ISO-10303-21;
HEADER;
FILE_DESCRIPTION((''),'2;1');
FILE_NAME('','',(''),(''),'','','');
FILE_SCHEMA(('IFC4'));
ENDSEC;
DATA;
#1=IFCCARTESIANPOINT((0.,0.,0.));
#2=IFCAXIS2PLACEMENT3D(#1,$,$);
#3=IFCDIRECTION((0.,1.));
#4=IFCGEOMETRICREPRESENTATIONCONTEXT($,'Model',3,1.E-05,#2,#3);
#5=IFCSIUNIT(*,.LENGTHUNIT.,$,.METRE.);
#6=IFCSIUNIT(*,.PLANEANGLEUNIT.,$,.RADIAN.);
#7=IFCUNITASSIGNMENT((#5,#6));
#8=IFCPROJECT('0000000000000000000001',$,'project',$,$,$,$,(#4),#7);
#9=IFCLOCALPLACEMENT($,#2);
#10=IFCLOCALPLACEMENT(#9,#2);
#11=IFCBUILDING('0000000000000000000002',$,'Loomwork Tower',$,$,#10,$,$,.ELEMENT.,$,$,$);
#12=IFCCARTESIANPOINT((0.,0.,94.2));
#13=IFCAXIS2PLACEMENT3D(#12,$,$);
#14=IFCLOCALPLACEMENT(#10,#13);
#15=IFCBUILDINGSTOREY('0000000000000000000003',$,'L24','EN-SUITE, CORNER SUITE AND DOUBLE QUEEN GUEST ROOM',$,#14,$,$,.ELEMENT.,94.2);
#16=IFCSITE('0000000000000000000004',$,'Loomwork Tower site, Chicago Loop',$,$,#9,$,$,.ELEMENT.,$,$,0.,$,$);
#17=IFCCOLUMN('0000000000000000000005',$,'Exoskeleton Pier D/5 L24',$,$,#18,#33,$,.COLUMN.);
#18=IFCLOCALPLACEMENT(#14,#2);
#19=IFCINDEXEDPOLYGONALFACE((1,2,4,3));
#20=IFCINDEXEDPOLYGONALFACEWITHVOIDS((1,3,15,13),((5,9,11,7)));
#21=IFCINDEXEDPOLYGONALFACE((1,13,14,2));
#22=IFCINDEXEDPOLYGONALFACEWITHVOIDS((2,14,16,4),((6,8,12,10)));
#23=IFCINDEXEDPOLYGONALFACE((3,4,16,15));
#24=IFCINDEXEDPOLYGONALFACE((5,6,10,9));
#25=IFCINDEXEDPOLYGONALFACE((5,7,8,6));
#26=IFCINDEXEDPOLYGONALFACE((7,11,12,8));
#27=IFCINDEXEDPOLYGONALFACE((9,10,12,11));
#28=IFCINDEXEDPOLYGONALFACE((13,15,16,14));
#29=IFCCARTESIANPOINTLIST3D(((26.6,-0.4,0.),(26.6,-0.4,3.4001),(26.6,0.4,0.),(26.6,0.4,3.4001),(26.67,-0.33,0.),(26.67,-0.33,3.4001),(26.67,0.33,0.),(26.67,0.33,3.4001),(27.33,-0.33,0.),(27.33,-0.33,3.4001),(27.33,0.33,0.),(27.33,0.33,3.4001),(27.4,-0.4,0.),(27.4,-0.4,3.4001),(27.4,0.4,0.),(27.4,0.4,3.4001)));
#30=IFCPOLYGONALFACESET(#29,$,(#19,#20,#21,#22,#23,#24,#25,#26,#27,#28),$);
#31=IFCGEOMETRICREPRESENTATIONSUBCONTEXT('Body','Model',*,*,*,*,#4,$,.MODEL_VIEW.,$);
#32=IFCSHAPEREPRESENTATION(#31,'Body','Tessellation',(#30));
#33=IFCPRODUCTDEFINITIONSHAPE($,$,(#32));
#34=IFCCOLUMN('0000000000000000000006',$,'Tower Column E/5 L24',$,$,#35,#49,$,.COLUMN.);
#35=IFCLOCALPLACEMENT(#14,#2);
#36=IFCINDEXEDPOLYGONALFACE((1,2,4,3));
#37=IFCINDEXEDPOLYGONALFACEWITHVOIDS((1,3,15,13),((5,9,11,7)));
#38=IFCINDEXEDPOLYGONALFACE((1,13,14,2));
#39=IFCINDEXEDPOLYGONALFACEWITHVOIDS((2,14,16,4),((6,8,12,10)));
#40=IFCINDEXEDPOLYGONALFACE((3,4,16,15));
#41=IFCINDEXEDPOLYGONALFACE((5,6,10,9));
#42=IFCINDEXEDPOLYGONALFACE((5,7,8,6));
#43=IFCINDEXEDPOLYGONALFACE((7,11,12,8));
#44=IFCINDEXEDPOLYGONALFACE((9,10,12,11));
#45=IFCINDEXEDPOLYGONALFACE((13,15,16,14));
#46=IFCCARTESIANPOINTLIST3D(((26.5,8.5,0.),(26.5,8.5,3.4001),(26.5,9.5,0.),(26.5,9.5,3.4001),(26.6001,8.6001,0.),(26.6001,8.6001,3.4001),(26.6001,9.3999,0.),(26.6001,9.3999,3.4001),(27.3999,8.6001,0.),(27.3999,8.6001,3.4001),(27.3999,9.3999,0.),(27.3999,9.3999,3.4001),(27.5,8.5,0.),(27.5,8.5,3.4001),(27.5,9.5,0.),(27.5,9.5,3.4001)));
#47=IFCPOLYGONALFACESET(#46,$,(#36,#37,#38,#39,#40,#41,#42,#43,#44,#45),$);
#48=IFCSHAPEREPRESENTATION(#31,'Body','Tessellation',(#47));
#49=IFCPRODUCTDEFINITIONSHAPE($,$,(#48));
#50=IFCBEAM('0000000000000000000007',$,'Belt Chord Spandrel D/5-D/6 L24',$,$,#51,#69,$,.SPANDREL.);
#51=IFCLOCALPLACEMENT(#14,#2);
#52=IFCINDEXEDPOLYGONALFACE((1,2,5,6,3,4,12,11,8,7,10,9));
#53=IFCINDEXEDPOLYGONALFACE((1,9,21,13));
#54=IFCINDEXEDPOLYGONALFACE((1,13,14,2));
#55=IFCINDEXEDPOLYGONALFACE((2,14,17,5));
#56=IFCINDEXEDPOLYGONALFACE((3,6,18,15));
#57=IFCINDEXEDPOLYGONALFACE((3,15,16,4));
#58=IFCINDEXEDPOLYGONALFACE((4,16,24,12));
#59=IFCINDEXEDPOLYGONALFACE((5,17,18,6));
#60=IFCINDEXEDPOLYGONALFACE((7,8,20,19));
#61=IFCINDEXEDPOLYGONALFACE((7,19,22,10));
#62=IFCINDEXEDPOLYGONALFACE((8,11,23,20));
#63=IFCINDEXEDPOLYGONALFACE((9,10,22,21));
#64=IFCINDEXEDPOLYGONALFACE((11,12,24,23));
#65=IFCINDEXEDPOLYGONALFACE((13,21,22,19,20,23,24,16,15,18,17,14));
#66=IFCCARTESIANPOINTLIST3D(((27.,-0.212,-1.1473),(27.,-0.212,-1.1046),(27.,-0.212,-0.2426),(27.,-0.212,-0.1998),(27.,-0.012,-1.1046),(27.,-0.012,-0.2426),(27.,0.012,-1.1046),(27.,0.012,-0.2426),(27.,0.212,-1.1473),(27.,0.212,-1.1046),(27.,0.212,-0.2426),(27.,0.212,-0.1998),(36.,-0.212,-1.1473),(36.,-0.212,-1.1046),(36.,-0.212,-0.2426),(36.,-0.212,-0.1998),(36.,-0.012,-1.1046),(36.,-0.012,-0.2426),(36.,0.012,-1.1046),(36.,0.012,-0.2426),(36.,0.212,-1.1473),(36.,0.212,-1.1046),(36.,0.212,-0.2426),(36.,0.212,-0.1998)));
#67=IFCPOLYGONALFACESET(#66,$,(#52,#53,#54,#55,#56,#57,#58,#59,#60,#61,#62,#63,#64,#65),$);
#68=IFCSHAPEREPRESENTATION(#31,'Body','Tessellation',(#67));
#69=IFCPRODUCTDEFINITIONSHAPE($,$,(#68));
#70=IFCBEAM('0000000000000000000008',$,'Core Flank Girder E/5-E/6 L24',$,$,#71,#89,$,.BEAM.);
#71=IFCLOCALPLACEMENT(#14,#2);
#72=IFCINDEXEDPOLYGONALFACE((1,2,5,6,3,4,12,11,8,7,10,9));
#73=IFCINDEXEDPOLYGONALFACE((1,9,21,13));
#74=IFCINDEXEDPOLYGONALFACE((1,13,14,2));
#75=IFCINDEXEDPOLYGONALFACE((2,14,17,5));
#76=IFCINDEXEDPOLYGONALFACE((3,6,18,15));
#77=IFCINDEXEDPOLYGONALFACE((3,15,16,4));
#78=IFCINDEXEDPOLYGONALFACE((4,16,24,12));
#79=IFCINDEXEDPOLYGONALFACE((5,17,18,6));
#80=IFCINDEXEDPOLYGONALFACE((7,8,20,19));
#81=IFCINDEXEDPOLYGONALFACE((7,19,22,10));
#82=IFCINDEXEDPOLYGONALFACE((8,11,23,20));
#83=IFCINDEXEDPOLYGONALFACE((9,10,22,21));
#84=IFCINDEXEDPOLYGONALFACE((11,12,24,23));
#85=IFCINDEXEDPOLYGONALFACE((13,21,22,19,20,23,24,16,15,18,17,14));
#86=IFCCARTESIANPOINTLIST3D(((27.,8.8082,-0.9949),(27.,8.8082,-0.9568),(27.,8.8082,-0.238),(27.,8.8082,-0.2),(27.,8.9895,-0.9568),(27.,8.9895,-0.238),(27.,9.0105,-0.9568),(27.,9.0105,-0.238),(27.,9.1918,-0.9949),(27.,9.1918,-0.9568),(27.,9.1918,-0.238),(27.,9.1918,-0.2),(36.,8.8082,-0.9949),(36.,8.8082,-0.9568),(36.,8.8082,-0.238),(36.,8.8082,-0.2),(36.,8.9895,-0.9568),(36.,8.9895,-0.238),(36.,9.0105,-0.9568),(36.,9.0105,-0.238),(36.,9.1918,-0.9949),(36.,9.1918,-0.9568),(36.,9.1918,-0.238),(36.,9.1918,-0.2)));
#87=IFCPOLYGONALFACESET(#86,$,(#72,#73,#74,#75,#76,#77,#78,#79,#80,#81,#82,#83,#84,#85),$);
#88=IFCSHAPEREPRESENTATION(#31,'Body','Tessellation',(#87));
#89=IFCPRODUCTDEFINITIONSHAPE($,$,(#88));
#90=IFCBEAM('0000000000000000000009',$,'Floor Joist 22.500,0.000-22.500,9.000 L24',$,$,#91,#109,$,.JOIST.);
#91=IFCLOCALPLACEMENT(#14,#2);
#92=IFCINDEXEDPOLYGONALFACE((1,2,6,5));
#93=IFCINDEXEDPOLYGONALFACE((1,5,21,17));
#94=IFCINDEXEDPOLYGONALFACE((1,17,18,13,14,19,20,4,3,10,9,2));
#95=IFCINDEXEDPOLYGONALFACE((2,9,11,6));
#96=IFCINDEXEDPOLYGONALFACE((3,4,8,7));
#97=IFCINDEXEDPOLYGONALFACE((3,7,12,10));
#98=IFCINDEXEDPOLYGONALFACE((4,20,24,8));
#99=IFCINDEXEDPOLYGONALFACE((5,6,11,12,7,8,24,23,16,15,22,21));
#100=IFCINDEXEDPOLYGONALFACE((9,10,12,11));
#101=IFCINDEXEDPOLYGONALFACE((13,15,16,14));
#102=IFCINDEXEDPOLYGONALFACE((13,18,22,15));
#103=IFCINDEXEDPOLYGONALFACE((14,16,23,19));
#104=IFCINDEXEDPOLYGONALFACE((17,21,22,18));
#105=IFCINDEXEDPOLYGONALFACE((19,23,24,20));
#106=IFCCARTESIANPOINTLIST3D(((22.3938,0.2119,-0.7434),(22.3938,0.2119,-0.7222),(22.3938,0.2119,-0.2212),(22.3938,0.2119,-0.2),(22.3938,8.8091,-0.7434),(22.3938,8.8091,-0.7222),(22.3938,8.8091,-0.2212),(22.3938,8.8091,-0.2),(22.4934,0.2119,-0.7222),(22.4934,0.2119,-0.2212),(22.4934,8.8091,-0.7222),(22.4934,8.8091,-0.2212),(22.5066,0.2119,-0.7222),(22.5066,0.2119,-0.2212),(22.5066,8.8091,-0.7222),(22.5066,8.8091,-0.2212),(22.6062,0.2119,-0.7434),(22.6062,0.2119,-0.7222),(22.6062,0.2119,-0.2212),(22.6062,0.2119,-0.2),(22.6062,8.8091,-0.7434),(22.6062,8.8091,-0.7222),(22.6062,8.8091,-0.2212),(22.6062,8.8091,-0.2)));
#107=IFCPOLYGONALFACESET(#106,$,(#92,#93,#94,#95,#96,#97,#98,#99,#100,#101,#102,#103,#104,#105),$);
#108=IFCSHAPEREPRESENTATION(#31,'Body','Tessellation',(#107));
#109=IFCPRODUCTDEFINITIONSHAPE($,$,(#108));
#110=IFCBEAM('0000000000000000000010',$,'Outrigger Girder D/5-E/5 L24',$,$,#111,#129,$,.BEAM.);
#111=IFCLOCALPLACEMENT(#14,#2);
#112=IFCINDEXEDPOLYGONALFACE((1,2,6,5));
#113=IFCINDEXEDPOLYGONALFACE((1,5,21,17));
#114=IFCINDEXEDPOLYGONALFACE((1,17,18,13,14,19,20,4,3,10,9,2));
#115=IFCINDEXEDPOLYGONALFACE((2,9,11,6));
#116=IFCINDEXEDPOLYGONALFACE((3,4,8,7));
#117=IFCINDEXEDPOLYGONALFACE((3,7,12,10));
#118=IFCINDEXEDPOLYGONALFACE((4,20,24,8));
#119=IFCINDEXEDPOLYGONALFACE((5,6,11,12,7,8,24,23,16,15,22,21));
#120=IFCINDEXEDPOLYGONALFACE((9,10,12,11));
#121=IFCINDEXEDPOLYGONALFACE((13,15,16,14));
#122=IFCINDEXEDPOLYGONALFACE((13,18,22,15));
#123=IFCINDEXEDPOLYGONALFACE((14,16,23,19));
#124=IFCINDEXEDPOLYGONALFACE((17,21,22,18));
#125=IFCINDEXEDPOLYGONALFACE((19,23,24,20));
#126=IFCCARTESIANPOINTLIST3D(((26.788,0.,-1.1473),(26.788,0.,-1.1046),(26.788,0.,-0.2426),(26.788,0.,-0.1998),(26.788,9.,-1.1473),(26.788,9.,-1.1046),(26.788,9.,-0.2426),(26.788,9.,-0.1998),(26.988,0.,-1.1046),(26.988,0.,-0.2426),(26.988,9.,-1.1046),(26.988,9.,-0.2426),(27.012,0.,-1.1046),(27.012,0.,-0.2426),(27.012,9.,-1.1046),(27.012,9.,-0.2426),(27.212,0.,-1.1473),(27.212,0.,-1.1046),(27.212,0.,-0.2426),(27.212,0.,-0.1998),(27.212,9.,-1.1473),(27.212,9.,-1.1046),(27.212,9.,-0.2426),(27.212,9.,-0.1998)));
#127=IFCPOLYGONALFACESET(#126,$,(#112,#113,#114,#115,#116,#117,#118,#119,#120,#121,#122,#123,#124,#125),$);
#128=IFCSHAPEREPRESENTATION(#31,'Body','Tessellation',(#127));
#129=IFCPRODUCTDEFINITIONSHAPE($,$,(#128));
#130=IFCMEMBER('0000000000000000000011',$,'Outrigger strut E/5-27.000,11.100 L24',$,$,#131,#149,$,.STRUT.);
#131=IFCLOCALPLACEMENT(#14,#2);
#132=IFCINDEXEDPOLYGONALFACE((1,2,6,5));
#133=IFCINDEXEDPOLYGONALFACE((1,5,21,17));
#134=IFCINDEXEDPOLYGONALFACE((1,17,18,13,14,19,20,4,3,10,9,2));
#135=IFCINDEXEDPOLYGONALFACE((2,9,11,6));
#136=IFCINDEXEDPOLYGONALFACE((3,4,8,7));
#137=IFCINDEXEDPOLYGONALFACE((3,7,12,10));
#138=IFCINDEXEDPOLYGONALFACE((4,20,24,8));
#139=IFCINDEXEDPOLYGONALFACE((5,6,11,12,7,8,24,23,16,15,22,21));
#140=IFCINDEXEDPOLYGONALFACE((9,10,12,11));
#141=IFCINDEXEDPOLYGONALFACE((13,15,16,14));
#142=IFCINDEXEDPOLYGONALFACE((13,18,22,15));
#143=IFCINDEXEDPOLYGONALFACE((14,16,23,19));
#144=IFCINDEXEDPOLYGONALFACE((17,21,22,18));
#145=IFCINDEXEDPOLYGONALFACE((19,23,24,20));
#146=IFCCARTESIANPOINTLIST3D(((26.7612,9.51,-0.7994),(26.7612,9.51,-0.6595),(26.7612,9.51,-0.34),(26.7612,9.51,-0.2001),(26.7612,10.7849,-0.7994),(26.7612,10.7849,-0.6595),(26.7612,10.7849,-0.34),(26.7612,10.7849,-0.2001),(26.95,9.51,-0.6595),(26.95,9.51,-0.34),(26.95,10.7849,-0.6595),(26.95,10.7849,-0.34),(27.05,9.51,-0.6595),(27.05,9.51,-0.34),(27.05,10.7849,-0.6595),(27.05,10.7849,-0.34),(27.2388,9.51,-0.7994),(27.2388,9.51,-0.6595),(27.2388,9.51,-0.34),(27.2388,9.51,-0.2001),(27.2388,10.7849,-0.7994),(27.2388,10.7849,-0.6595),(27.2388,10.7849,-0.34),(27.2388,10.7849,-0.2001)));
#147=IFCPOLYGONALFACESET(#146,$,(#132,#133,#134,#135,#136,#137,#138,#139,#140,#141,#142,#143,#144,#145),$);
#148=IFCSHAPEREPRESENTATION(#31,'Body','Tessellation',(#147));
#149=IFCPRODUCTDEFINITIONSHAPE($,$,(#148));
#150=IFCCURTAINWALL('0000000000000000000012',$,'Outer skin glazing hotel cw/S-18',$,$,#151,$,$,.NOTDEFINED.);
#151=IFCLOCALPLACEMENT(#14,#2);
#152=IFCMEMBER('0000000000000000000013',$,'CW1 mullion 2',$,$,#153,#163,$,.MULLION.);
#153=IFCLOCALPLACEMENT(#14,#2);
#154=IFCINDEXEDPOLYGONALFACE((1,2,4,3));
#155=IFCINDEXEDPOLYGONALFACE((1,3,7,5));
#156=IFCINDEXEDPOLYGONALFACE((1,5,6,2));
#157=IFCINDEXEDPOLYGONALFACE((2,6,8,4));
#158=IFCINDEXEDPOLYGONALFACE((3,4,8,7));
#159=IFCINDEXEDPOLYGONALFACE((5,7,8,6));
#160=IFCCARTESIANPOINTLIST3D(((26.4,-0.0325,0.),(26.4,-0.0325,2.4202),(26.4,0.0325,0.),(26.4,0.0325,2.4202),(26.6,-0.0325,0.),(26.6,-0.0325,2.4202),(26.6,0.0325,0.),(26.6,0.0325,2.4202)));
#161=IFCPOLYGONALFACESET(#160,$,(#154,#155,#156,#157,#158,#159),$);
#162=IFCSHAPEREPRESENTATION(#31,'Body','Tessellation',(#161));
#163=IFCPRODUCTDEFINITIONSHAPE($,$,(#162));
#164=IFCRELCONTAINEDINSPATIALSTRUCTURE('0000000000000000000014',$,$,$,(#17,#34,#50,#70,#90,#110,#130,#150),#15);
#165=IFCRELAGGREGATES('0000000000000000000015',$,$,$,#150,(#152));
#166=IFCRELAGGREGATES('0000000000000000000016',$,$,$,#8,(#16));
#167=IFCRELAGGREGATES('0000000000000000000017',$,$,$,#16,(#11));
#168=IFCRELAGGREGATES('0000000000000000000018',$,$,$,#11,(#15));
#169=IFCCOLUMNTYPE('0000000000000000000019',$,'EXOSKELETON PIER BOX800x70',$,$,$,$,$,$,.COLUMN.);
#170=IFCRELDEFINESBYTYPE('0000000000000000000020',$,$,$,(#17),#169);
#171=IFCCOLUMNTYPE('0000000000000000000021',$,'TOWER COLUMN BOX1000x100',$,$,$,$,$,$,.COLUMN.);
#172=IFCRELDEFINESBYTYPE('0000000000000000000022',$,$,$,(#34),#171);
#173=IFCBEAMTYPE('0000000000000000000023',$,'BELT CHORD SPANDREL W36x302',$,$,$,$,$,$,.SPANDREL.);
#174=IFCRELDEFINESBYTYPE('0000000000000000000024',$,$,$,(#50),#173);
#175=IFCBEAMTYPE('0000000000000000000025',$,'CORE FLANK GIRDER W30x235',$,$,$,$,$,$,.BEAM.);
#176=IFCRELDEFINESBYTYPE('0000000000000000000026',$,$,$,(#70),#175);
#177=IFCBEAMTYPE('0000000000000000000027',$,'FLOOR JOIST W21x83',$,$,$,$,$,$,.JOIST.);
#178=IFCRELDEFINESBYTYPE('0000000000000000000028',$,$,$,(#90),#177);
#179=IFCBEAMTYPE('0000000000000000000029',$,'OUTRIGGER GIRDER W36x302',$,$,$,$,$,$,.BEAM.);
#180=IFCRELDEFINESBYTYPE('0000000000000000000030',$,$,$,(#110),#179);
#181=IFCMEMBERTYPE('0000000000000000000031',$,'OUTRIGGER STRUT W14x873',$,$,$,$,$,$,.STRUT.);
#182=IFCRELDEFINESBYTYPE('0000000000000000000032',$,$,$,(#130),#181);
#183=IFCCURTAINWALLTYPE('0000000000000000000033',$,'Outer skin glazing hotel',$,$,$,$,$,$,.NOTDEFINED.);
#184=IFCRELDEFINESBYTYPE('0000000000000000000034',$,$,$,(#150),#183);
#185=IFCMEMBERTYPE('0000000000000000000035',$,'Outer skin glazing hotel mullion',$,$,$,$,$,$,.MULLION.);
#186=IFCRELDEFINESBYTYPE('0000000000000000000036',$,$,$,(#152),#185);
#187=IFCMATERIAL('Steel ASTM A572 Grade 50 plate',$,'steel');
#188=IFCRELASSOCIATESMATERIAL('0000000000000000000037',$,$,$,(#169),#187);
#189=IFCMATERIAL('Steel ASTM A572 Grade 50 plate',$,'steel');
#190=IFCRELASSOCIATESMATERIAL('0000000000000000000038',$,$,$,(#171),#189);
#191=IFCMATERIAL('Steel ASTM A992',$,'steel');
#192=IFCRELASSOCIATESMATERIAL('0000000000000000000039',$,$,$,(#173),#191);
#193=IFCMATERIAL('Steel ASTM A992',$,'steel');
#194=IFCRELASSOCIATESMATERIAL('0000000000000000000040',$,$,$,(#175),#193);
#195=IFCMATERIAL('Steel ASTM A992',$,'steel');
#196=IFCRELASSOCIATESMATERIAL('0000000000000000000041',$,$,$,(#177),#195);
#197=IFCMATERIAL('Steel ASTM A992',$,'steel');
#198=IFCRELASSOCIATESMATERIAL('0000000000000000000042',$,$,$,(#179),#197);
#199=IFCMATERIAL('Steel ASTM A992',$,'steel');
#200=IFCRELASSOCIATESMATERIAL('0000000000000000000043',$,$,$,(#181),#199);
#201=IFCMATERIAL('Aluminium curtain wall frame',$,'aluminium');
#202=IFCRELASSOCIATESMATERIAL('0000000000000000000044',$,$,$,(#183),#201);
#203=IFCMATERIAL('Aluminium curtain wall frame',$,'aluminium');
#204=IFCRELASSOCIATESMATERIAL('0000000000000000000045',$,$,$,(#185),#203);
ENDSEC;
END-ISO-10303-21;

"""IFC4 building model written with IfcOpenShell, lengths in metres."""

from ifc_helpers import new_model, si_unit, direction, frame, origin, origin_2d, place, context, subcontext, project, spatial, rectangle, hollow_rectangle, i_section, extrude, material, material_profile, profile_set, type_object, element, aggregate, save


model = new_model("IFC4")

# Units and contexts
model_context = context("Model", 3, precision=1e-05, world=origin(), true_north=direction((0.0, 1.0)))
body_context = subcontext(model_context, "Body", "Model", "MODEL_VIEW")
ifc_project = project(units=[si_unit("LENGTHUNIT", "METRE"), si_unit("PLANEANGLEUNIT", "RADIAN")], contexts=[model_context])

# Site, building, storey
site_placement = place(None, origin())
site = spatial("IfcSite", under=ifc_project, at=site_placement, Name="Loomwork Tower site, Chicago Loop", CompositionType="ELEMENT", RefElevation=0.0)
building_placement = place(site_placement, origin())
building = spatial("IfcBuilding", under=site, at=building_placement, Name="Loomwork Tower", CompositionType="ELEMENT")
storey_placement = place(building_placement, frame((0.0, 0.0, 94.2)))
storey = spatial("IfcBuildingStorey", under=building, at=storey_placement, Name="L24", Description="EN-SUITE, CORNER SUITE AND DOUBLE QUEEN GUEST ROOM", CompositionType="ELEMENT", Elevation=94.2)

# Columns
ifc_material_1 = material(Name="Steel ASTM A572 Grade 50 plate", Category="steel")
ifc_material_profile_1 = material_profile(ifc_material_1, hollow_rectangle(XDim=0.8, YDim=0.8, WallThickness=0.0701, at=origin_2d()), Name="BOX800x70")
ifc_profile_set_1 = profile_set([ifc_material_profile_1], Name="Steel ASTM A572 Grade 50 plate")
column_type_1 = type_object("IfcColumnType", Name="EXOSKELETON PIER BOX800x70", PredefinedType="COLUMN", material=ifc_profile_set_1)
column_1_placement = place(storey_placement, frame((27.0, 0.0, 0.0), z_axis=(0.0, 0.0, 1.0), x_axis=(1.0, 0.0, 0.0)))
element("IfcColumn", 1, at=column_1_placement, inside=storey, type_object=column_type_1, Name="Exoskeleton Pier D/5 L24", PredefinedType="COLUMN", context=body_context, shape_type="SweptSolid", body=[
    extrude(hollow_rectangle(XDim=0.8, YDim=0.8, WallThickness=0.0701, at=origin_2d()), origin(), (0.0, 0.0, 1.0), 3.4001),
])
ifc_material_2 = material(Name="Steel ASTM A572 Grade 50 plate", Category="steel")
ifc_material_profile_2 = material_profile(ifc_material_2, hollow_rectangle(XDim=1.0, YDim=1.0, WallThickness=0.1001, at=origin_2d()), Name="BOX1000x100")
ifc_profile_set_2 = profile_set([ifc_material_profile_2], Name="Steel ASTM A572 Grade 50 plate")
column_type_2 = type_object("IfcColumnType", Name="TOWER COLUMN BOX1000x100", PredefinedType="COLUMN", material=ifc_profile_set_2)
column_2_placement = place(storey_placement, frame((27.0, 9.0, 0.0), z_axis=(0.0, 0.0, 1.0), x_axis=(1.0, 0.0, 0.0)))
element("IfcColumn", 2, at=column_2_placement, inside=storey, type_object=column_type_2, Name="Tower Column E/5 L24", PredefinedType="COLUMN", context=body_context, shape_type="SweptSolid", body=[
    extrude(hollow_rectangle(XDim=1.0, YDim=1.0, WallThickness=0.1001, at=origin_2d()), origin(), (0.0, 0.0, 1.0), 3.4001),
])

# Beams
ifc_material_3 = material(Name="Steel ASTM A992", Category="steel")
ifc_material_profile_3 = material_profile(ifc_material_3, i_section(OverallWidth=0.4241, OverallDepth=0.9475, WebThickness=0.0239, FlangeThickness=0.0427, at=origin_2d()), Name="W36x302")
ifc_profile_set_3 = profile_set([ifc_material_profile_3], Name="Steel ASTM A992")
beam_type_1 = type_object("IfcBeamType", Name="BELT CHORD SPANDREL W36x302", PredefinedType="SPANDREL", material=ifc_profile_set_3)
beam_1_placement = place(storey_placement, frame((27.0, 0.0, -0.6736), z_axis=(1.0, 0.0, 0.0), x_axis=(0.0, 1.0, 0.0)))
element("IfcBeam", 3, at=beam_1_placement, inside=storey, type_object=beam_type_1, Name="Belt Chord Spandrel D/5-D/6 L24", PredefinedType="SPANDREL", context=body_context, shape_type="SweptSolid", body=[
    extrude(i_section(OverallWidth=0.4241, OverallDepth=0.9475, WebThickness=0.0239, FlangeThickness=0.0427, at=origin_2d()), origin(), (0.0, 0.0, 1.0), 9.0),
])
ifc_material_4 = material(Name="Steel ASTM A992", Category="steel")
ifc_material_profile_4 = material_profile(ifc_material_4, i_section(OverallWidth=0.3835, OverallDepth=0.7949, WebThickness=0.021, FlangeThickness=0.0381, at=origin_2d()), Name="W30x235")
ifc_profile_set_4 = profile_set([ifc_material_profile_4], Name="Steel ASTM A992")
beam_type_2 = type_object("IfcBeamType", Name="CORE FLANK GIRDER W30x235", PredefinedType="BEAM", material=ifc_profile_set_4)
beam_2_placement = place(storey_placement, frame((27.0, 9.0, -0.5974), z_axis=(1.0, 0.0, 0.0), x_axis=(0.0, 1.0, 0.0)))
element("IfcBeam", 4, at=beam_2_placement, inside=storey, type_object=beam_type_2, Name="Core Flank Girder E/5-E/6 L24", PredefinedType="BEAM", context=body_context, shape_type="SweptSolid", body=[
    extrude(i_section(OverallWidth=0.3835, OverallDepth=0.7949, WebThickness=0.021, FlangeThickness=0.0381, at=origin_2d()), origin(), (0.0, 0.0, 1.0), 9.0),
])
ifc_material_5 = material(Name="Steel ASTM A992", Category="steel")
ifc_material_profile_5 = material_profile(ifc_material_5, i_section(OverallWidth=0.2124, OverallDepth=0.5435, WebThickness=0.0132, FlangeThickness=0.0212, at=origin_2d()), Name="W21x83")
ifc_profile_set_5 = profile_set([ifc_material_profile_5], Name="Steel ASTM A992")
beam_type_3 = type_object("IfcBeamType", Name="FLOOR JOIST W21x83", PredefinedType="JOIST", material=ifc_profile_set_5)
beam_3_placement = place(storey_placement, frame((22.5, 0.2119, -0.4717), z_axis=(0.0, 1.0, 0.0), x_axis=(-1.0, 0.0, 0.0)))
element("IfcBeam", 5, at=beam_3_placement, inside=storey, type_object=beam_type_3, Name="Floor Joist 22.500,0.000-22.500,9.000 L24", PredefinedType="JOIST", context=body_context, shape_type="SweptSolid", body=[
    extrude(i_section(OverallWidth=0.2124, OverallDepth=0.5435, WebThickness=0.0132, FlangeThickness=0.0212, at=origin_2d()), origin(), (0.0, 0.0, 1.0), 8.5972),
])
ifc_material_6 = material(Name="Steel ASTM A992", Category="steel")
ifc_material_profile_6 = material_profile(ifc_material_6, i_section(OverallWidth=0.4241, OverallDepth=0.9475, WebThickness=0.0239, FlangeThickness=0.0427, at=origin_2d()), Name="W36x302")
ifc_profile_set_6 = profile_set([ifc_material_profile_6], Name="Steel ASTM A992")
beam_type_4 = type_object("IfcBeamType", Name="OUTRIGGER GIRDER W36x302", PredefinedType="BEAM", material=ifc_profile_set_6)
beam_4_placement = place(storey_placement, frame((27.0, 0.0, -0.6736), z_axis=(0.0, 1.0, 0.0), x_axis=(-1.0, 0.0, 0.0)))
element("IfcBeam", 6, at=beam_4_placement, inside=storey, type_object=beam_type_4, Name="Outrigger Girder D/5-E/5 L24", PredefinedType="BEAM", context=body_context, shape_type="SweptSolid", body=[
    extrude(i_section(OverallWidth=0.4241, OverallDepth=0.9475, WebThickness=0.0239, FlangeThickness=0.0427, at=origin_2d()), origin(), (0.0, 0.0, 1.0), 9.0),
])

# Member
ifc_material_7 = material(Name="Steel ASTM A992", Category="steel")
ifc_material_profile_7 = material_profile(ifc_material_7, i_section(OverallWidth=0.4775, OverallDepth=0.5994, WebThickness=0.1001, FlangeThickness=0.1399, at=origin_2d()), Name="W14x873")
ifc_profile_set_7 = profile_set([ifc_material_profile_7], Name="Steel ASTM A992")
member_type_1 = type_object("IfcMemberType", Name="OUTRIGGER STRUT W14x873", PredefinedType="STRUT", material=ifc_profile_set_7)
member_1_placement = place(storey_placement, frame((27.0, 9.51, -0.4998), z_axis=(0.0, 1.0, 0.0), x_axis=(-1.0, 0.0, 0.0)))
element("IfcMember", 7, at=member_1_placement, inside=storey, type_object=member_type_1, Name="Outrigger strut E/5-27.000,11.100 L24", PredefinedType="STRUT", context=body_context, shape_type="SweptSolid", body=[
    extrude(i_section(OverallWidth=0.4775, OverallDepth=0.5994, WebThickness=0.1001, FlangeThickness=0.1399, at=origin_2d()), origin(), (0.0, 0.0, 1.0), 1.2749),
])

# Curtain wall, member
ifc_material_8 = material(Name="Aluminium curtain wall frame", Category="aluminium")
curtain_wall_type = type_object("IfcCurtainWallType", Name="Outer skin glazing hotel", PredefinedType="NOTDEFINED", material=ifc_material_8)
curtain_wall_placement = place(storey_placement, origin())
curtain_wall = element("IfcCurtainWall", 8, at=curtain_wall_placement, inside=storey, type_object=curtain_wall_type, Name="Outer skin glazing hotel cw/S-18", PredefinedType="NOTDEFINED")
ifc_material_9 = material(Name="Aluminium curtain wall frame", Category="aluminium")
ifc_material_profile_8 = material_profile(ifc_material_9, rectangle(XDim=0.0649, YDim=0.2, at=origin_2d()), Name="AL 65x200")
ifc_profile_set_8 = profile_set([ifc_material_profile_8], Name="Aluminium curtain wall frame")
member_type_2 = type_object("IfcMemberType", Name="Outer skin glazing hotel mullion", PredefinedType="MULLION", material=ifc_profile_set_8)
member_2_placement = place(storey_placement, frame((26.5, 0.0, 0.0), z_axis=(0.0, 0.0, 1.0), x_axis=(0.0, 1.0, 0.0)))
member_2 = element("IfcMember", 9, at=member_2_placement, type_object=member_type_2, Name="CW1 mullion 2", PredefinedType="MULLION", context=body_context, shape_type="SweptSolid", body=[
    extrude(rectangle(XDim=0.0649, YDim=0.2, at=origin_2d()), origin(), (0.0, 0.0, 1.0), 2.4202),
])
aggregate(curtain_wall, [member_2])

save(model, "model.ifc")
